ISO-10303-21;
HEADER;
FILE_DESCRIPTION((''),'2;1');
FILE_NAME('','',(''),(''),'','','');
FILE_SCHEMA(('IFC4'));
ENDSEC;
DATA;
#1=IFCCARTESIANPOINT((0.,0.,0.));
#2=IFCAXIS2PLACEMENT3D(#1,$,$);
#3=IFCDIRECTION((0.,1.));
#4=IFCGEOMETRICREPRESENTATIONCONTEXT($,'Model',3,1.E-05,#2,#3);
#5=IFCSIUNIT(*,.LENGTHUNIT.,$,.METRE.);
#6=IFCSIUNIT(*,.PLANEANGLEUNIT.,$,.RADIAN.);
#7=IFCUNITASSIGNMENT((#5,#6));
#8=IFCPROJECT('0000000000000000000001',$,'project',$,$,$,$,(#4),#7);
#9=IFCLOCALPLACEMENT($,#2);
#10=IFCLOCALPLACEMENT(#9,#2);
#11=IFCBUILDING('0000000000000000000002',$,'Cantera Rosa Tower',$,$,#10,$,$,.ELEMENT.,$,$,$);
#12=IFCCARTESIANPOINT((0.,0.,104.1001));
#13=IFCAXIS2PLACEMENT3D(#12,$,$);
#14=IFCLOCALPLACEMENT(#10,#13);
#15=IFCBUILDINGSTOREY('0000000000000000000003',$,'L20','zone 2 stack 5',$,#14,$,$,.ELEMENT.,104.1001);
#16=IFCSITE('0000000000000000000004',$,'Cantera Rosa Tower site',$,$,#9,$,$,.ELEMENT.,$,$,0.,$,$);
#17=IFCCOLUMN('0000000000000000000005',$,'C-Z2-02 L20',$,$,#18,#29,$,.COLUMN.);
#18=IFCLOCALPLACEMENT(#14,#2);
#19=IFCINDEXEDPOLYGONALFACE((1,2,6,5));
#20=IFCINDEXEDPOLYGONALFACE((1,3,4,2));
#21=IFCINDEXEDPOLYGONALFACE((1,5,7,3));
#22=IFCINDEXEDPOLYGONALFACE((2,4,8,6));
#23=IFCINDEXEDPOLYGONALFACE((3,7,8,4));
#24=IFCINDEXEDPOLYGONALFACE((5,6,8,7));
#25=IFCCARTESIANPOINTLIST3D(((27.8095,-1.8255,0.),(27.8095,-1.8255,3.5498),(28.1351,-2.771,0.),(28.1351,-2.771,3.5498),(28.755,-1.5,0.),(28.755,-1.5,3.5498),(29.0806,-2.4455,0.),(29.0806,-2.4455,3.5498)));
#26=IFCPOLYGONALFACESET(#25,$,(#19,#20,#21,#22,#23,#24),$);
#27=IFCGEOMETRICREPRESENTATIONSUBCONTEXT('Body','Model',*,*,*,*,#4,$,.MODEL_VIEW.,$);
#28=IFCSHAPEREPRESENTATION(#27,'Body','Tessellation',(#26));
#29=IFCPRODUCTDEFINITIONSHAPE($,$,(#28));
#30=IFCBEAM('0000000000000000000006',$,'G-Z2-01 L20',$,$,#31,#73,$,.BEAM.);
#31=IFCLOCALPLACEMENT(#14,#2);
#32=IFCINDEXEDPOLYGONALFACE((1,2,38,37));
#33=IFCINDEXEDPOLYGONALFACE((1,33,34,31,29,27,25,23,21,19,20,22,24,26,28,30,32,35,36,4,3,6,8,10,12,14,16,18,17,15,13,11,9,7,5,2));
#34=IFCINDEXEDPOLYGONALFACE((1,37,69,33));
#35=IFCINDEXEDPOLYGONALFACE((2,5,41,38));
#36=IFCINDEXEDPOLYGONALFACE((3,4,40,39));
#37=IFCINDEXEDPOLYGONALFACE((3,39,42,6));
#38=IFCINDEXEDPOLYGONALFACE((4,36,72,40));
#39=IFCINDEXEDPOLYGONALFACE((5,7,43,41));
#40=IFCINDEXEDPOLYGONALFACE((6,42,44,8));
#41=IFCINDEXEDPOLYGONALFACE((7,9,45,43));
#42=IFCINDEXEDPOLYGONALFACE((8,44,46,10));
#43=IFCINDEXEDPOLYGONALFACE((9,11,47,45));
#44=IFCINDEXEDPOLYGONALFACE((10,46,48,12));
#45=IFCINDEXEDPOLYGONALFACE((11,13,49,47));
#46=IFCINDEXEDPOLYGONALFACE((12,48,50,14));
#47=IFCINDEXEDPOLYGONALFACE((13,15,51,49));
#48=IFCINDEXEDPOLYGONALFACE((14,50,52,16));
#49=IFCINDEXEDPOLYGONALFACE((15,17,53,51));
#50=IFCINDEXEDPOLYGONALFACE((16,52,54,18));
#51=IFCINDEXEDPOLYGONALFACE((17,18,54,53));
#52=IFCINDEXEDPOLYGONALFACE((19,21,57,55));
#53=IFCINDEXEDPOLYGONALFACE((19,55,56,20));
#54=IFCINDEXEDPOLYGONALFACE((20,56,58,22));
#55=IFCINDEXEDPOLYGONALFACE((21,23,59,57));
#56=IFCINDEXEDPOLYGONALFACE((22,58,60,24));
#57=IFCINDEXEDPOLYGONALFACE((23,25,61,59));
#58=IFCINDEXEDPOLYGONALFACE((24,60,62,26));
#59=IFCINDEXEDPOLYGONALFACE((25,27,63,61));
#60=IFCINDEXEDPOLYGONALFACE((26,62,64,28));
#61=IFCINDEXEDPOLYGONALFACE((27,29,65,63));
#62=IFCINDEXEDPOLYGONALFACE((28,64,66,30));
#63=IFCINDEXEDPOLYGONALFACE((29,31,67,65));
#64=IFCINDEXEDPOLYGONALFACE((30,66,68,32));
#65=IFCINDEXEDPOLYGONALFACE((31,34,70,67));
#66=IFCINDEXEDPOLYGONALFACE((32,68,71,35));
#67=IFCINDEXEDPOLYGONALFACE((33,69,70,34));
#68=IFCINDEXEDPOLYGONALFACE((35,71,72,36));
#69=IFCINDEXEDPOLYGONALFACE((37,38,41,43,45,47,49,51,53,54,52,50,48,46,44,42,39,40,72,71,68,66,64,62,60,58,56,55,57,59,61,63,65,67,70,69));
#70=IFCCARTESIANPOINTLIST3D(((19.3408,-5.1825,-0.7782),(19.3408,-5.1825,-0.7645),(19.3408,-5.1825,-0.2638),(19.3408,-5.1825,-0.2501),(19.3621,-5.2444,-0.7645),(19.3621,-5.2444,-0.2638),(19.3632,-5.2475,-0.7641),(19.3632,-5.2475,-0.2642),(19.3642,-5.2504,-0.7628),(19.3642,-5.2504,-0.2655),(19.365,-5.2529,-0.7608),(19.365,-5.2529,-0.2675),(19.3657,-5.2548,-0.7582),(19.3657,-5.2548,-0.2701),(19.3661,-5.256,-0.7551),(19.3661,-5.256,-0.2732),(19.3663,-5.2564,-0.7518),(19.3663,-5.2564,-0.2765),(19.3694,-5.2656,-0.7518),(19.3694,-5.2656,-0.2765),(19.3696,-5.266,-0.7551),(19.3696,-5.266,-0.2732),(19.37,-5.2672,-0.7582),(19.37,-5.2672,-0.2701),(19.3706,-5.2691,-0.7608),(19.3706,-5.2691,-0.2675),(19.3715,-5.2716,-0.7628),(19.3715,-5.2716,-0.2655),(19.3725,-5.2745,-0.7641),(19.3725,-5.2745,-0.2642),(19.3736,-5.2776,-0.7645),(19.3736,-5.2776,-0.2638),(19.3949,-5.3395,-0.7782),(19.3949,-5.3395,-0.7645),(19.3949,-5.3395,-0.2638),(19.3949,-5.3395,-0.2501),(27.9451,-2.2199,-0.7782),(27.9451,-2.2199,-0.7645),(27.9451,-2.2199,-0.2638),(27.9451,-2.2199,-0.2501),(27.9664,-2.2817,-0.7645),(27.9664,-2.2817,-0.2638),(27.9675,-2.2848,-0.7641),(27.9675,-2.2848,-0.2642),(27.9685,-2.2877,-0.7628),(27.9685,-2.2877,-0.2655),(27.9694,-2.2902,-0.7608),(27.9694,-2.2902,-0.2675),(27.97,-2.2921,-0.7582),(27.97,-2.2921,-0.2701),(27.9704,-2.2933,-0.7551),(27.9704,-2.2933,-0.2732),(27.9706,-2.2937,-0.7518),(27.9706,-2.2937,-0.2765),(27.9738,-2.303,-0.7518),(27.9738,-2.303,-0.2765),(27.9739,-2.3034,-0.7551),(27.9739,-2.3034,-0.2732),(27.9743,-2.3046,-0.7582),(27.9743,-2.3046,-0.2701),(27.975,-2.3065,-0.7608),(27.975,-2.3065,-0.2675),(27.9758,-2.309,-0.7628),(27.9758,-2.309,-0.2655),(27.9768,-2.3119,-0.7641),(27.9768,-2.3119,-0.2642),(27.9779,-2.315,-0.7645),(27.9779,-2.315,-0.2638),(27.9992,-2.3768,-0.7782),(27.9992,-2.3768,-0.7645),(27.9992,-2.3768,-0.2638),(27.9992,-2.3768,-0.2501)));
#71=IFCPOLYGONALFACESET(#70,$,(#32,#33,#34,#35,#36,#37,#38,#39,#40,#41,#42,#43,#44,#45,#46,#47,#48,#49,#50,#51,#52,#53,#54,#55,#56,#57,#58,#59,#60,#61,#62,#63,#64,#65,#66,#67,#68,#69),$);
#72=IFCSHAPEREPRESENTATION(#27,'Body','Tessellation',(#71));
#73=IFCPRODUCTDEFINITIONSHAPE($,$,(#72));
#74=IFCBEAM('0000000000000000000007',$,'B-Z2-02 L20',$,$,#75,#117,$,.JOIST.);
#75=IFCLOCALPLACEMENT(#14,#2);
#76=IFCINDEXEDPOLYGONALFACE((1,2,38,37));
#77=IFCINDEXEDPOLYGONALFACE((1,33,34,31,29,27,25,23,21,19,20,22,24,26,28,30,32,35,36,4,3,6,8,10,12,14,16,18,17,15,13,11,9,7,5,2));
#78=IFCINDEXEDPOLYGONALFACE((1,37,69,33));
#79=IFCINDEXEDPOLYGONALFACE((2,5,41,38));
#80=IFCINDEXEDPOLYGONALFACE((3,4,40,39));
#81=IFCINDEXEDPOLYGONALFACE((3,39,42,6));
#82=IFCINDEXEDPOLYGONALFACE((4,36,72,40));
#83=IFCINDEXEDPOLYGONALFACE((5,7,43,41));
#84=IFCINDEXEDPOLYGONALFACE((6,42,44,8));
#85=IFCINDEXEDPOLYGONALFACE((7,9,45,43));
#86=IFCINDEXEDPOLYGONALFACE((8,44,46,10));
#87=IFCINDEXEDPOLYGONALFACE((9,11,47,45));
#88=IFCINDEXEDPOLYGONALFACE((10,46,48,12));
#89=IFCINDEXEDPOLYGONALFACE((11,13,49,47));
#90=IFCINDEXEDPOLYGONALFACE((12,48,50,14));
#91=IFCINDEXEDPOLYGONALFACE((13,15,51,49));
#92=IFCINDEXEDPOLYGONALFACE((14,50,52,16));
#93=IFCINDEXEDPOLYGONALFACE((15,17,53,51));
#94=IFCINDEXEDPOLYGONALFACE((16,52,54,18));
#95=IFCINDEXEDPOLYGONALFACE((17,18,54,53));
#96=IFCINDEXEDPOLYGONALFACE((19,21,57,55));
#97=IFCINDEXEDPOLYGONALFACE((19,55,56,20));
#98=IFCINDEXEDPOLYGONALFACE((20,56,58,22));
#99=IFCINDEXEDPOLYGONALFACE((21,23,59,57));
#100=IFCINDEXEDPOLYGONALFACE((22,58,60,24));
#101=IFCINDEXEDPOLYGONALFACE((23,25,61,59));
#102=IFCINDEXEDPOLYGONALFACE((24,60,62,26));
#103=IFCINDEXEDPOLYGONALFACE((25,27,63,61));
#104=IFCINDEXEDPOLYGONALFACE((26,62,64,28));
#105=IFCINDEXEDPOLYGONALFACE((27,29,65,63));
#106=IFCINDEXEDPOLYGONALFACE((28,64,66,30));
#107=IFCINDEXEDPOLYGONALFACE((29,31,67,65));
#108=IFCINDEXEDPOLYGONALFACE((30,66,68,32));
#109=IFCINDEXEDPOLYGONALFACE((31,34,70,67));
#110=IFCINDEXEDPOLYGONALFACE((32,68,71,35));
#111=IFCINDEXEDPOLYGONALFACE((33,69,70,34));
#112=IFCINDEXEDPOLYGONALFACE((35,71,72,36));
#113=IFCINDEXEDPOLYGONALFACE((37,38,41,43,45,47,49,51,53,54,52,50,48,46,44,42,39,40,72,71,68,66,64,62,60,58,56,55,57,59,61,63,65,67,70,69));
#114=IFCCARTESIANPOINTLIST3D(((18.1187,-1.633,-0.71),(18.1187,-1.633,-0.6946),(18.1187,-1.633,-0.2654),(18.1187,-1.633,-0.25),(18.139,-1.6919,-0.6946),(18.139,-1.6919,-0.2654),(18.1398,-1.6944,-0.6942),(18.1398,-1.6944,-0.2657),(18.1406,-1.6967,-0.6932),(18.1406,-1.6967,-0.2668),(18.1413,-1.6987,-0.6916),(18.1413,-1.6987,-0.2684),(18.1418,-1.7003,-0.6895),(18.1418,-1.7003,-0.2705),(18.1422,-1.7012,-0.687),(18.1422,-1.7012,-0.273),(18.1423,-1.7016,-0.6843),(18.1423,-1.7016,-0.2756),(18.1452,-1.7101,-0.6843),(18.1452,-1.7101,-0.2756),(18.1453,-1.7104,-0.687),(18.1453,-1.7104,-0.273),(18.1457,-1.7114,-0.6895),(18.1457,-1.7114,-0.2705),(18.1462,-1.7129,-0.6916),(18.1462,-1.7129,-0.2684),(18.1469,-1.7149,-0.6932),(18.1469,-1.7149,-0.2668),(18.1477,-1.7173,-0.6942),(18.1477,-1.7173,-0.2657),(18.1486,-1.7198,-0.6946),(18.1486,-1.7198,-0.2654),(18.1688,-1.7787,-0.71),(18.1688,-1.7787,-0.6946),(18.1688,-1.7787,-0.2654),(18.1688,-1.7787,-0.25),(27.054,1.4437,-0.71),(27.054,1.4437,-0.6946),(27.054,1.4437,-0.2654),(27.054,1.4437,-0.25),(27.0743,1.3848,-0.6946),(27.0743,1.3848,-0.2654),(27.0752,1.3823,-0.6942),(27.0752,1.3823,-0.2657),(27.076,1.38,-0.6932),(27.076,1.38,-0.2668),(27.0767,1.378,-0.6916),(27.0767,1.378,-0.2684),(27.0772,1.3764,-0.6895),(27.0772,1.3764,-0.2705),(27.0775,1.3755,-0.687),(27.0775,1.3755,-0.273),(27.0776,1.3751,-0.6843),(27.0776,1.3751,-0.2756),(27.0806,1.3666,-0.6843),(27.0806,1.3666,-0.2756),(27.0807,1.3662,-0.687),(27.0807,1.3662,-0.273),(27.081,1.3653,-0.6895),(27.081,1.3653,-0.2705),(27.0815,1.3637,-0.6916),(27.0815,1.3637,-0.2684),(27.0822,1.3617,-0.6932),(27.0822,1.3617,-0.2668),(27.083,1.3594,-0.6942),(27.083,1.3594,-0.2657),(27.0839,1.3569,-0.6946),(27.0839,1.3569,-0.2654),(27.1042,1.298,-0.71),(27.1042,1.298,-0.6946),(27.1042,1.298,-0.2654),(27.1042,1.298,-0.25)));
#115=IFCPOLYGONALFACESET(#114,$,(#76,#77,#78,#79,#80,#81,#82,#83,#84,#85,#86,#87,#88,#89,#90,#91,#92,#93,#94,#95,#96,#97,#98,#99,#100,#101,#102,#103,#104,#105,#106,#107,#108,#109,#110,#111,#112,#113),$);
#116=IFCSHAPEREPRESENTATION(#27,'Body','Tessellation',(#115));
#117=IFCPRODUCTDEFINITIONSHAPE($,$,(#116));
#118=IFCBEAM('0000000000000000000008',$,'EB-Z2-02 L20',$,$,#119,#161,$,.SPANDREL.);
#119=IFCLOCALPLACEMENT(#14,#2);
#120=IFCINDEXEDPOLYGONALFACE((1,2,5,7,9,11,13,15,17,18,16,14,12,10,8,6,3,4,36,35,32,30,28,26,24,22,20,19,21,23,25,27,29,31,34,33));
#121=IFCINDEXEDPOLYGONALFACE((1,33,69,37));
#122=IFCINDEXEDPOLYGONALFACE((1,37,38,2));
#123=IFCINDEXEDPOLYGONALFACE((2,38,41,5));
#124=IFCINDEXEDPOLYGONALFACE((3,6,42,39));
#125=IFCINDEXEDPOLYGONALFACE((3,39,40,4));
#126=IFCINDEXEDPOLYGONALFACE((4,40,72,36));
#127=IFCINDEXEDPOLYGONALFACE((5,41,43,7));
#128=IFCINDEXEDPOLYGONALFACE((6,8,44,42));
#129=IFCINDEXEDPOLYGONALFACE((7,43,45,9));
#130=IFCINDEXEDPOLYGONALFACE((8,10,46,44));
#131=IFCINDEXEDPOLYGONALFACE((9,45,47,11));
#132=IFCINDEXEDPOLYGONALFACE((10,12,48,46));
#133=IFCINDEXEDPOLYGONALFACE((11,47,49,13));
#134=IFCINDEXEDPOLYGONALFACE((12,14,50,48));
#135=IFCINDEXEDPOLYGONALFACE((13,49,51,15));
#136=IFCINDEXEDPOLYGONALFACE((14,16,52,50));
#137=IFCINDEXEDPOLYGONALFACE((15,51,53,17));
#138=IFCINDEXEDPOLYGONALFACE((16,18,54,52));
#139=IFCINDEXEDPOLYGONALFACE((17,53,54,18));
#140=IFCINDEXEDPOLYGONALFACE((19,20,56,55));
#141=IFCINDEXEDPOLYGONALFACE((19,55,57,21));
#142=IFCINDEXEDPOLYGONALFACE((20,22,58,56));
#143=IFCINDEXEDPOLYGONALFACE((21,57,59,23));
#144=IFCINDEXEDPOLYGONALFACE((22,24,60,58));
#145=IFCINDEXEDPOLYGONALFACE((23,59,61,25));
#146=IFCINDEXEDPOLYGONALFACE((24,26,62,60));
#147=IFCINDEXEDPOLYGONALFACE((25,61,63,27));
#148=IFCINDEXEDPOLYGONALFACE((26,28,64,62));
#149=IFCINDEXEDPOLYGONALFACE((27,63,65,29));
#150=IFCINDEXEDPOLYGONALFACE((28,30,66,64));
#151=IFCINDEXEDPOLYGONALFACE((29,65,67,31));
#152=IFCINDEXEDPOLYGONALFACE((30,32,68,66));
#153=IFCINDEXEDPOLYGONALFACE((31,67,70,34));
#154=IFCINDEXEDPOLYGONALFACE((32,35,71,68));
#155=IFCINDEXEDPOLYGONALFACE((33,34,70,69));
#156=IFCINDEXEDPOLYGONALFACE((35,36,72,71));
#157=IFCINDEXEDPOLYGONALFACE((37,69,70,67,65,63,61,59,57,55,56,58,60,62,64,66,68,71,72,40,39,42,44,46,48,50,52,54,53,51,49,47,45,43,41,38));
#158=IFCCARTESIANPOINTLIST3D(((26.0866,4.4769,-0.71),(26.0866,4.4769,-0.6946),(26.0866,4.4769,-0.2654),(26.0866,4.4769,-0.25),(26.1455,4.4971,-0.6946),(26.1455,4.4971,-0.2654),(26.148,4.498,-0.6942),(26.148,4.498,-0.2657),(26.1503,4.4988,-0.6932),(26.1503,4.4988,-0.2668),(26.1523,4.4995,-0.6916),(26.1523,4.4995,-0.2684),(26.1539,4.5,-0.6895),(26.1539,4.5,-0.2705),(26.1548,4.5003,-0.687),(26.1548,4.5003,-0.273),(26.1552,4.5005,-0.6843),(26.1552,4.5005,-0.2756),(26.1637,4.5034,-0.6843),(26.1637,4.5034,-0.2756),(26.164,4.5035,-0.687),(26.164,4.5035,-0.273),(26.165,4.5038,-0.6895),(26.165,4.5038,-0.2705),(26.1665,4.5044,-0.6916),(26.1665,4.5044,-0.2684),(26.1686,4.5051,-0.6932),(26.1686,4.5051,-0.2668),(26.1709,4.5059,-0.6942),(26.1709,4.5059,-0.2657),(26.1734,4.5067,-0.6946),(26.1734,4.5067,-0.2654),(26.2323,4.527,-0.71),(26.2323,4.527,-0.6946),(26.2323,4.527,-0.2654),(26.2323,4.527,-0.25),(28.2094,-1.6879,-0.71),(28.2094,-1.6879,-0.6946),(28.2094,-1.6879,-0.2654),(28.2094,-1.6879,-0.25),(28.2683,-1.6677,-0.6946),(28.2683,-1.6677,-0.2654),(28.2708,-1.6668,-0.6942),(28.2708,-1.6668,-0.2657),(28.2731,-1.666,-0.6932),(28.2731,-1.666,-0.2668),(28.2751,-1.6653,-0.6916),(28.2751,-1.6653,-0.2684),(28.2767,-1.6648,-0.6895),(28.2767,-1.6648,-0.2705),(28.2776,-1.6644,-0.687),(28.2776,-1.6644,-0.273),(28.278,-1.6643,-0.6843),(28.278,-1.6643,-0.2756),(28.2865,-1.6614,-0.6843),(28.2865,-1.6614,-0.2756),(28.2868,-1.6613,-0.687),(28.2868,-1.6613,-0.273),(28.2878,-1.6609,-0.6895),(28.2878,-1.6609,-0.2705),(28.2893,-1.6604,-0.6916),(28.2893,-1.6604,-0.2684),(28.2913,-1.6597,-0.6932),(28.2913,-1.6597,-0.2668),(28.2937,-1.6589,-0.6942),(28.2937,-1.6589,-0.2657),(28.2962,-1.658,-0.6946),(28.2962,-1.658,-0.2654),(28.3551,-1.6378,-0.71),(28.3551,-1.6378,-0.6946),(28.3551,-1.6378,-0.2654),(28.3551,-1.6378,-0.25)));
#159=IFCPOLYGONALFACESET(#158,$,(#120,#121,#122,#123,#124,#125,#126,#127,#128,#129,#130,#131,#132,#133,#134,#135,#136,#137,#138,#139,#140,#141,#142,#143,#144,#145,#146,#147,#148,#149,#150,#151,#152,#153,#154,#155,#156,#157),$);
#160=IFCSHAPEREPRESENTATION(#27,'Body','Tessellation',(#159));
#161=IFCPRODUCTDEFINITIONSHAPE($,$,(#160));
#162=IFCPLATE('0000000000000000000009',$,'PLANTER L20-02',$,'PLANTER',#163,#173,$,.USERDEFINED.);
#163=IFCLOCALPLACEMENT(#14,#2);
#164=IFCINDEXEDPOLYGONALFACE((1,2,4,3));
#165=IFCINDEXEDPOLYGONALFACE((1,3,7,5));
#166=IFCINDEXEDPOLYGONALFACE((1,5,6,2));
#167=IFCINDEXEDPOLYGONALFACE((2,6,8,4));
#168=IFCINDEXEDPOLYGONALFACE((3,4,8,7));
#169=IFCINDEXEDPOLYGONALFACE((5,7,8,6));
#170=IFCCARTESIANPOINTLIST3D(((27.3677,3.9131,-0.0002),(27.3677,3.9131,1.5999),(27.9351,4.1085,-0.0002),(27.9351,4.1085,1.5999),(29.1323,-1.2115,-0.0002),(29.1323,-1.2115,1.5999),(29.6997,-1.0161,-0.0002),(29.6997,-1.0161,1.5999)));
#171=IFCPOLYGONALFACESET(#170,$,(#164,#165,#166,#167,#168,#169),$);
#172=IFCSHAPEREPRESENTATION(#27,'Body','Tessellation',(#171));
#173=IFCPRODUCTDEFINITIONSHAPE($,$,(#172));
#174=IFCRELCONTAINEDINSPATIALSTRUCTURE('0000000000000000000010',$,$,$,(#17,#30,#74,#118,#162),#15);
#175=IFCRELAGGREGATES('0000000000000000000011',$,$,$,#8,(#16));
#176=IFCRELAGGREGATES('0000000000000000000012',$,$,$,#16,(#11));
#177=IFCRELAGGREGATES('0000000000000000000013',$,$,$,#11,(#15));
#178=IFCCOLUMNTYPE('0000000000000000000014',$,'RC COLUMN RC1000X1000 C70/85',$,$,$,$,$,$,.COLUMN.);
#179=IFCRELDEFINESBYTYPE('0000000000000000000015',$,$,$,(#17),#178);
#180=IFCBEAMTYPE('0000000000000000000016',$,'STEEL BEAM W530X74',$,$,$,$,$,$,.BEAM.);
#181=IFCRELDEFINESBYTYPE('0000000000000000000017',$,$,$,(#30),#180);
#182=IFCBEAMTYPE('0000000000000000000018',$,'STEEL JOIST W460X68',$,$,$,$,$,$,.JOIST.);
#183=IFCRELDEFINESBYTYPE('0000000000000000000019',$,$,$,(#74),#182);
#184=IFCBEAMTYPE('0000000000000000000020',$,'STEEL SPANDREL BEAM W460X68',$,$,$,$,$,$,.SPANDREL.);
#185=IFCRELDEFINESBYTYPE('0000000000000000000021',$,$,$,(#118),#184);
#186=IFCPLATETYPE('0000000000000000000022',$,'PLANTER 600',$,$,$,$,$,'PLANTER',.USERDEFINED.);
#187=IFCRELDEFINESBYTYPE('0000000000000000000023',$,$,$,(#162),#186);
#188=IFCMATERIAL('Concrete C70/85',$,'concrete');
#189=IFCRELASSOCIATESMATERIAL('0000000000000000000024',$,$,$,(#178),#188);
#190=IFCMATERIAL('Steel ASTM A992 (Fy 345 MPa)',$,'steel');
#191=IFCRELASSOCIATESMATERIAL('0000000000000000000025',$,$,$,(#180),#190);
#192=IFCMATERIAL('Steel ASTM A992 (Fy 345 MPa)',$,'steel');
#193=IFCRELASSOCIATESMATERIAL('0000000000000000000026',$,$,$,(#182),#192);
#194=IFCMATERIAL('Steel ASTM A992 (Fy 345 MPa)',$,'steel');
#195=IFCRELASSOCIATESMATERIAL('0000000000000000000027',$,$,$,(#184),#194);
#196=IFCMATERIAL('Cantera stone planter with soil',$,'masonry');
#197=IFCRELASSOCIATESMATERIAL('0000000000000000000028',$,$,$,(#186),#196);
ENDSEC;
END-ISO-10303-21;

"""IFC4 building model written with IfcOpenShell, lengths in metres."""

from ifc_helpers import new_model, si_unit, direction, frame, origin, origin_2d, place, context, subcontext, project, spatial, rectangle, i_section, extrude, material, material_profile, profile_set, type_object, element, save


model = new_model("IFC4")

# Units and contexts
model_context = context("Model", 3, precision=1e-05, world=origin(), true_north=direction((0.0, 1.0)))
body_context = subcontext(model_context, "Body", "Model", "MODEL_VIEW")
ifc_project = project(units=[si_unit("LENGTHUNIT", "METRE"), si_unit("PLANEANGLEUNIT", "RADIAN")], contexts=[model_context])

# Site, building, storey
site_placement = place(None, origin())
site = spatial("IfcSite", under=ifc_project, at=site_placement, Name="Cantera Rosa Tower site", CompositionType="ELEMENT", RefElevation=0.0)
building_placement = place(site_placement, origin())
building = spatial("IfcBuilding", under=site, at=building_placement, Name="Cantera Rosa Tower", CompositionType="ELEMENT")
storey_placement = place(building_placement, frame((0.0, 0.0, 104.1001)))
storey = spatial("IfcBuildingStorey", under=building, at=storey_placement, Name="L20", Description="zone 2 stack 5", CompositionType="ELEMENT", Elevation=104.1001)

# Column
ifc_material_1 = material(Name="Concrete C70/85", Category="concrete")
ifc_material_profile_1 = material_profile(ifc_material_1, rectangle(XDim=1.0, YDim=1.0, at=origin_2d()), Name="RC COLUMN RC1000X1000 C70/85")
ifc_profile_set_1 = profile_set([ifc_material_profile_1], Name="Concrete C70/85")
column_type = type_object("IfcColumnType", Name="RC COLUMN RC1000X1000 C70/85", PredefinedType="COLUMN", material=ifc_profile_set_1)
column_placement = place(storey_placement, frame((28.4451, -2.1355, 0.0), z_axis=(0.0, 0.0, 1.0), x_axis=(0.945519, 0.325568, 0.0)))
element("IfcColumn", 1, at=column_placement, inside=storey, type_object=column_type, Name="C-Z2-02 L20", PredefinedType="COLUMN", context=body_context, shape_type="SweptSolid", body=[
    extrude(rectangle(XDim=1.0, YDim=1.0, at=origin_2d()), origin(), (0.0, 0.0, 1.0), 3.5498),
])

# Beams
ifc_material_2 = material(Name="Steel ASTM A992 (Fy 345 MPa)", Category="steel")
ifc_material_profile_2 = material_profile(ifc_material_2, i_section(OverallWidth=0.166, OverallDepth=0.5281, WebThickness=0.0098, FlangeThickness=0.0137, FilletRadius=0.0127, at=origin_2d()), Name="W530X74")
ifc_profile_set_2 = profile_set([ifc_material_profile_2], Name="Steel ASTM A992 (Fy 345 MPa)")
beam_type_1 = type_object("IfcBeamType", Name="STEEL BEAM W530X74", PredefinedType="BEAM", material=ifc_profile_set_2)
beam_1_placement = place(storey_placement, frame((27.9722, -2.2983, -0.5142), z_axis=(-0.94552, -0.325565, 0.0), x_axis=(0.325565, -0.94552, 0.0)))
element("IfcBeam", 2, at=beam_1_placement, inside=storey, type_object=beam_type_1, Name="G-Z2-01 L20", PredefinedType="BEAM", context=body_context, shape_type="SweptSolid", body=[
    extrude(i_section(OverallWidth=0.166, OverallDepth=0.5281, WebThickness=0.0098, FlangeThickness=0.0137, FilletRadius=0.0127, at=origin_2d()), origin(), (0.0, 0.0, 1.0), 9.1001),
])
ifc_material_3 = material(Name="Steel ASTM A992 (Fy 345 MPa)", Category="steel")
ifc_material_profile_3 = material_profile(ifc_material_3, i_section(OverallWidth=0.1541, OverallDepth=0.46, WebThickness=0.009, FlangeThickness=0.0154, FilletRadius=0.0103, at=origin_2d()), Name="W460X68")
ifc_profile_set_3 = profile_set([ifc_material_profile_3], Name="Steel ASTM A992 (Fy 345 MPa)")
beam_type_2 = type_object("IfcBeamType", Name="STEEL JOIST W460X68", PredefinedType="JOIST", material=ifc_profile_set_3)
beam_2_placement = place(storey_placement, frame((27.0791, 1.3708, -0.48), z_axis=(-0.945519, -0.325567, 0.0), x_axis=(0.325567, -0.945519, 0.0)))
element("IfcBeam", 3, at=beam_2_placement, inside=storey, type_object=beam_type_2, Name="B-Z2-02 L20", PredefinedType="JOIST", context=body_context, shape_type="SweptSolid", body=[
    extrude(i_section(OverallWidth=0.1541, OverallDepth=0.46, WebThickness=0.009, FlangeThickness=0.0154, FilletRadius=0.0103, at=origin_2d()), origin(), (0.0, 0.0, 1.0), 9.4502),
])
ifc_material_4 = material(Name="Steel ASTM A992 (Fy 345 MPa)", Category="steel")
ifc_material_profile_4 = material_profile(ifc_material_4, i_section(OverallWidth=0.1541, OverallDepth=0.46, WebThickness=0.009, FlangeThickness=0.0154, FilletRadius=0.0103, at=origin_2d()), Name="W460X68")
ifc_profile_set_4 = profile_set([ifc_material_profile_4], Name="Steel ASTM A992 (Fy 345 MPa)")
beam_type_3 = type_object("IfcBeamType", Name="STEEL SPANDREL BEAM W460X68", PredefinedType="SPANDREL", material=ifc_profile_set_4)
beam_3_placement = place(storey_placement, frame((28.2822, -1.6628, -0.48), z_axis=(-0.325581, 0.945514, 0.0), x_axis=(-0.945514, -0.325581, 0.0)))
element("IfcBeam", 4, at=beam_3_placement, inside=storey, type_object=beam_type_3, Name="EB-Z2-02 L20", PredefinedType="SPANDREL", context=body_context, shape_type="SweptSolid", body=[
    extrude(i_section(OverallWidth=0.1541, OverallDepth=0.46, WebThickness=0.009, FlangeThickness=0.0154, FilletRadius=0.0103, at=origin_2d()), origin(), (0.0, 0.0, 1.0), 6.52),
])

# Plate
ifc_material_5 = material(Name="Cantera stone planter with soil", Category="masonry")
plate_type = type_object("IfcPlateType", Name="PLANTER 600", ElementType="PLANTER", PredefinedType="USERDEFINED", material=ifc_material_5)
plate_placement = place(storey_placement, frame((28.5337, 1.4485, -0.0002), z_axis=(0.0, 0.0, 1.0), x_axis=(-0.325568, 0.945519, 0.0)))
element("IfcPlate", 5, at=plate_placement, inside=storey, type_object=plate_type, Name="PLANTER L20-02", ObjectType="PLANTER", PredefinedType="USERDEFINED", context=body_context, shape_type="SweptSolid", body=[
    extrude(rectangle(XDim=5.4199, YDim=0.6001, at=origin_2d()), origin(), (0.0, 0.0, 1.0), 1.6001),
])

save(model, "model.ifc")
